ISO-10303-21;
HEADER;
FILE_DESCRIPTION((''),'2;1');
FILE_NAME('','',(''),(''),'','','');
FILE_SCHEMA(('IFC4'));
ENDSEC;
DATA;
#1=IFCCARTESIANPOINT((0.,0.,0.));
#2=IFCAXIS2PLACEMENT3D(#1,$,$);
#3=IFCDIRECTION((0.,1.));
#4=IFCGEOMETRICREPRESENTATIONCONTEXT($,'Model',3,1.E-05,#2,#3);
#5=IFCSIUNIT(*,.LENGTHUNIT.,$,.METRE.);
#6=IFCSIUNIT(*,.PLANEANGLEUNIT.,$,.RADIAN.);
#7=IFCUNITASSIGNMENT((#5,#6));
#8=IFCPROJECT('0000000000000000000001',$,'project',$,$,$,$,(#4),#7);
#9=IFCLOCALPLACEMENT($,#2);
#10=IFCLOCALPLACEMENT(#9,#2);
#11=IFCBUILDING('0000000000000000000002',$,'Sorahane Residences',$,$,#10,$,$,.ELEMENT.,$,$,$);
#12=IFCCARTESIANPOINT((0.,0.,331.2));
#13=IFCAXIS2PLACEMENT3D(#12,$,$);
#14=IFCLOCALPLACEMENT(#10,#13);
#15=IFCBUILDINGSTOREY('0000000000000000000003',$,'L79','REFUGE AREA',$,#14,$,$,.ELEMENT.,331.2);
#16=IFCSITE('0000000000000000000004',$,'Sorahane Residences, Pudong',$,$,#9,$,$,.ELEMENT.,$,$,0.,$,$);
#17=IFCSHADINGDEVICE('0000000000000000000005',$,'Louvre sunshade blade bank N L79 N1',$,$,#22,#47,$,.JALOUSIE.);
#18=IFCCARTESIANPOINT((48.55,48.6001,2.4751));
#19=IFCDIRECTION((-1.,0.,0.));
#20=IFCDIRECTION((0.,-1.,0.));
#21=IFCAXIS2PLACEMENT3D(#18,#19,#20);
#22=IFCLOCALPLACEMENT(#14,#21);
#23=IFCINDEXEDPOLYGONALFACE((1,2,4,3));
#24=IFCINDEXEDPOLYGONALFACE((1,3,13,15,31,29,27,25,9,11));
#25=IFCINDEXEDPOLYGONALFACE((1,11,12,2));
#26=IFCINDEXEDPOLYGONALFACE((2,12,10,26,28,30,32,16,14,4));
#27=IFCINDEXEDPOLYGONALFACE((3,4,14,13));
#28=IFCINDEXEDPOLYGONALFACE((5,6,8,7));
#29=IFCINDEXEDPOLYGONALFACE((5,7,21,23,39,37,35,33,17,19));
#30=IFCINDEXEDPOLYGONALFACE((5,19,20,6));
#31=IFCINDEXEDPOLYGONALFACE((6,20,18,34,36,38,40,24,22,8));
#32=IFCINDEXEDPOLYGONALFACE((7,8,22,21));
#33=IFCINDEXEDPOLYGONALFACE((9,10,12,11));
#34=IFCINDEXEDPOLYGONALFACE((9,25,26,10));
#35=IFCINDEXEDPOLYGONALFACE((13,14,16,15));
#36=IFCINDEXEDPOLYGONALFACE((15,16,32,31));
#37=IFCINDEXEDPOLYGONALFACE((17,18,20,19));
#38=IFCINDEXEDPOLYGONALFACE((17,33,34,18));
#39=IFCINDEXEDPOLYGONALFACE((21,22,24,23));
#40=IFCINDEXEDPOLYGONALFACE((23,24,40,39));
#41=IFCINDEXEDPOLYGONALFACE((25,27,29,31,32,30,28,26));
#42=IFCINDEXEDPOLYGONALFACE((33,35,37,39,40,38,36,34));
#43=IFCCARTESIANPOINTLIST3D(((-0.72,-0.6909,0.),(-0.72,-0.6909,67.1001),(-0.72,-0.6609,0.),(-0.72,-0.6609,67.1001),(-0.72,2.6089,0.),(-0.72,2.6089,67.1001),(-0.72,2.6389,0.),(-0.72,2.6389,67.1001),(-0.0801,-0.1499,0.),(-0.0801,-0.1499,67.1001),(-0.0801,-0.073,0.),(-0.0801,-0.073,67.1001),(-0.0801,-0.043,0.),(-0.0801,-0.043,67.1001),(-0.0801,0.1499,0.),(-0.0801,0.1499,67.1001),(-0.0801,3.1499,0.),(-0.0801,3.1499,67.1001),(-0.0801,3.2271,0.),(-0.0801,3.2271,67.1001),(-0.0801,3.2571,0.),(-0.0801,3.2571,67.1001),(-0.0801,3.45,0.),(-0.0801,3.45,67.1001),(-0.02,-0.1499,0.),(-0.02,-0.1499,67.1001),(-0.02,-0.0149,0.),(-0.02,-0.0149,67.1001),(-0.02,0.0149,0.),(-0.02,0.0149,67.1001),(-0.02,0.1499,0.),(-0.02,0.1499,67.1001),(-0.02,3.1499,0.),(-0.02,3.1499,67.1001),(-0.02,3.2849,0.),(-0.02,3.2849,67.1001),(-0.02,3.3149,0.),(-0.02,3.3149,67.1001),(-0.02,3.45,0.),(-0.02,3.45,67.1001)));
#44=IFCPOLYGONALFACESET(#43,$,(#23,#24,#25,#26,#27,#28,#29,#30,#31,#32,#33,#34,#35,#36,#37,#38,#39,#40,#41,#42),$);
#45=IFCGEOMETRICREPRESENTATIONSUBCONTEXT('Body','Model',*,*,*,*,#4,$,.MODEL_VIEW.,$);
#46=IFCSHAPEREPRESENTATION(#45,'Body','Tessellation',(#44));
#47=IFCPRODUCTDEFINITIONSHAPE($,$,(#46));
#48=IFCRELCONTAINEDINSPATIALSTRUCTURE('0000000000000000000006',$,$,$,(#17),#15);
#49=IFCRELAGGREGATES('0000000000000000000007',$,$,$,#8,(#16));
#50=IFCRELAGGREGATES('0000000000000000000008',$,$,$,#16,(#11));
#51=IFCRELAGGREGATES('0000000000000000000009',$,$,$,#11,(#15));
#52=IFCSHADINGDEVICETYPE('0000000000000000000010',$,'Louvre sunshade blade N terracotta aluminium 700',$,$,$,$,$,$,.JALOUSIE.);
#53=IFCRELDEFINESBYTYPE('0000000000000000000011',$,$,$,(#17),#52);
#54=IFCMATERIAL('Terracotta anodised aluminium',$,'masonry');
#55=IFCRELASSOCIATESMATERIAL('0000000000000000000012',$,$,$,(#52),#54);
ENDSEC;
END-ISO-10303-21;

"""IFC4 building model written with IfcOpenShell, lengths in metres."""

from ifc_helpers import new_model, si_unit, direction, frame, origin, place, context, subcontext, project, spatial, polyline, outline, composite_profile, extrude, material, type_object, element, save


model = new_model("IFC4")

# Units and contexts
model_context = context("Model", 3, precision=1e-05, world=origin(), true_north=direction((0.0, 1.0)))
body_context = subcontext(model_context, "Body", "Model", "MODEL_VIEW")
ifc_project = project(units=[si_unit("LENGTHUNIT", "METRE"), si_unit("PLANEANGLEUNIT", "RADIAN")], contexts=[model_context])

# Site, building, storey
site_placement = place(None, origin())
site = spatial("IfcSite", under=ifc_project, at=site_placement, Name="Sorahane Residences, Pudong", CompositionType="ELEMENT", RefElevation=0.0)
building_placement = place(site_placement, origin())
building = spatial("IfcBuilding", under=site, at=building_placement, Name="Sorahane Residences", CompositionType="ELEMENT")
storey_placement = place(building_placement, frame((0.0, 0.0, 331.2)))
storey = spatial("IfcBuildingStorey", under=building, at=storey_placement, Name="L79", Description="REFUGE AREA", CompositionType="ELEMENT", Elevation=331.2)

# Shading device
ifc_material_1 = material(Name="Terracotta anodised aluminium", Category="masonry")
shading_device_type = type_object("IfcShadingDeviceType", Name="Louvre sunshade blade N terracotta aluminium 700", PredefinedType="JALOUSIE", material=ifc_material_1)
shading_device_placement = place(storey_placement, frame((48.55, 48.6001, 2.4751), z_axis=(-1.0, 0.0, 0.0), x_axis=(0.0, -1.0, 0.0)))
element("IfcShadingDevice", 1, at=shading_device_placement, inside=storey, type_object=shading_device_type, Name="Louvre sunshade blade bank N L79 N1", PredefinedType="JALOUSIE", context=body_context, shape_type="SweptSolid", body=[
    extrude(composite_profile([outline(polyline([(-0.72, -0.6609), (-0.72, -0.6909), (-0.0801, -0.073), (-0.0801, -0.1499), (-0.02, -0.1499), (-0.02, -0.0149), (-0.02, 0.0149), (-0.02, 0.1499), (-0.0801, 0.1499), (-0.0801, -0.043), (-0.72, -0.6609)])), outline(polyline([(-0.72, 2.6389), (-0.72, 2.6089), (-0.0801, 3.2271), (-0.0801, 3.1499), (-0.02, 3.1499), (-0.02, 3.2849), (-0.02, 3.3149), (-0.02, 3.45), (-0.0801, 3.45), (-0.0801, 3.2571), (-0.72, 2.6389)]))]), origin(), (0.0, 0.0, 1.0), 67.1001),
])

save(model, "model.ifc")
